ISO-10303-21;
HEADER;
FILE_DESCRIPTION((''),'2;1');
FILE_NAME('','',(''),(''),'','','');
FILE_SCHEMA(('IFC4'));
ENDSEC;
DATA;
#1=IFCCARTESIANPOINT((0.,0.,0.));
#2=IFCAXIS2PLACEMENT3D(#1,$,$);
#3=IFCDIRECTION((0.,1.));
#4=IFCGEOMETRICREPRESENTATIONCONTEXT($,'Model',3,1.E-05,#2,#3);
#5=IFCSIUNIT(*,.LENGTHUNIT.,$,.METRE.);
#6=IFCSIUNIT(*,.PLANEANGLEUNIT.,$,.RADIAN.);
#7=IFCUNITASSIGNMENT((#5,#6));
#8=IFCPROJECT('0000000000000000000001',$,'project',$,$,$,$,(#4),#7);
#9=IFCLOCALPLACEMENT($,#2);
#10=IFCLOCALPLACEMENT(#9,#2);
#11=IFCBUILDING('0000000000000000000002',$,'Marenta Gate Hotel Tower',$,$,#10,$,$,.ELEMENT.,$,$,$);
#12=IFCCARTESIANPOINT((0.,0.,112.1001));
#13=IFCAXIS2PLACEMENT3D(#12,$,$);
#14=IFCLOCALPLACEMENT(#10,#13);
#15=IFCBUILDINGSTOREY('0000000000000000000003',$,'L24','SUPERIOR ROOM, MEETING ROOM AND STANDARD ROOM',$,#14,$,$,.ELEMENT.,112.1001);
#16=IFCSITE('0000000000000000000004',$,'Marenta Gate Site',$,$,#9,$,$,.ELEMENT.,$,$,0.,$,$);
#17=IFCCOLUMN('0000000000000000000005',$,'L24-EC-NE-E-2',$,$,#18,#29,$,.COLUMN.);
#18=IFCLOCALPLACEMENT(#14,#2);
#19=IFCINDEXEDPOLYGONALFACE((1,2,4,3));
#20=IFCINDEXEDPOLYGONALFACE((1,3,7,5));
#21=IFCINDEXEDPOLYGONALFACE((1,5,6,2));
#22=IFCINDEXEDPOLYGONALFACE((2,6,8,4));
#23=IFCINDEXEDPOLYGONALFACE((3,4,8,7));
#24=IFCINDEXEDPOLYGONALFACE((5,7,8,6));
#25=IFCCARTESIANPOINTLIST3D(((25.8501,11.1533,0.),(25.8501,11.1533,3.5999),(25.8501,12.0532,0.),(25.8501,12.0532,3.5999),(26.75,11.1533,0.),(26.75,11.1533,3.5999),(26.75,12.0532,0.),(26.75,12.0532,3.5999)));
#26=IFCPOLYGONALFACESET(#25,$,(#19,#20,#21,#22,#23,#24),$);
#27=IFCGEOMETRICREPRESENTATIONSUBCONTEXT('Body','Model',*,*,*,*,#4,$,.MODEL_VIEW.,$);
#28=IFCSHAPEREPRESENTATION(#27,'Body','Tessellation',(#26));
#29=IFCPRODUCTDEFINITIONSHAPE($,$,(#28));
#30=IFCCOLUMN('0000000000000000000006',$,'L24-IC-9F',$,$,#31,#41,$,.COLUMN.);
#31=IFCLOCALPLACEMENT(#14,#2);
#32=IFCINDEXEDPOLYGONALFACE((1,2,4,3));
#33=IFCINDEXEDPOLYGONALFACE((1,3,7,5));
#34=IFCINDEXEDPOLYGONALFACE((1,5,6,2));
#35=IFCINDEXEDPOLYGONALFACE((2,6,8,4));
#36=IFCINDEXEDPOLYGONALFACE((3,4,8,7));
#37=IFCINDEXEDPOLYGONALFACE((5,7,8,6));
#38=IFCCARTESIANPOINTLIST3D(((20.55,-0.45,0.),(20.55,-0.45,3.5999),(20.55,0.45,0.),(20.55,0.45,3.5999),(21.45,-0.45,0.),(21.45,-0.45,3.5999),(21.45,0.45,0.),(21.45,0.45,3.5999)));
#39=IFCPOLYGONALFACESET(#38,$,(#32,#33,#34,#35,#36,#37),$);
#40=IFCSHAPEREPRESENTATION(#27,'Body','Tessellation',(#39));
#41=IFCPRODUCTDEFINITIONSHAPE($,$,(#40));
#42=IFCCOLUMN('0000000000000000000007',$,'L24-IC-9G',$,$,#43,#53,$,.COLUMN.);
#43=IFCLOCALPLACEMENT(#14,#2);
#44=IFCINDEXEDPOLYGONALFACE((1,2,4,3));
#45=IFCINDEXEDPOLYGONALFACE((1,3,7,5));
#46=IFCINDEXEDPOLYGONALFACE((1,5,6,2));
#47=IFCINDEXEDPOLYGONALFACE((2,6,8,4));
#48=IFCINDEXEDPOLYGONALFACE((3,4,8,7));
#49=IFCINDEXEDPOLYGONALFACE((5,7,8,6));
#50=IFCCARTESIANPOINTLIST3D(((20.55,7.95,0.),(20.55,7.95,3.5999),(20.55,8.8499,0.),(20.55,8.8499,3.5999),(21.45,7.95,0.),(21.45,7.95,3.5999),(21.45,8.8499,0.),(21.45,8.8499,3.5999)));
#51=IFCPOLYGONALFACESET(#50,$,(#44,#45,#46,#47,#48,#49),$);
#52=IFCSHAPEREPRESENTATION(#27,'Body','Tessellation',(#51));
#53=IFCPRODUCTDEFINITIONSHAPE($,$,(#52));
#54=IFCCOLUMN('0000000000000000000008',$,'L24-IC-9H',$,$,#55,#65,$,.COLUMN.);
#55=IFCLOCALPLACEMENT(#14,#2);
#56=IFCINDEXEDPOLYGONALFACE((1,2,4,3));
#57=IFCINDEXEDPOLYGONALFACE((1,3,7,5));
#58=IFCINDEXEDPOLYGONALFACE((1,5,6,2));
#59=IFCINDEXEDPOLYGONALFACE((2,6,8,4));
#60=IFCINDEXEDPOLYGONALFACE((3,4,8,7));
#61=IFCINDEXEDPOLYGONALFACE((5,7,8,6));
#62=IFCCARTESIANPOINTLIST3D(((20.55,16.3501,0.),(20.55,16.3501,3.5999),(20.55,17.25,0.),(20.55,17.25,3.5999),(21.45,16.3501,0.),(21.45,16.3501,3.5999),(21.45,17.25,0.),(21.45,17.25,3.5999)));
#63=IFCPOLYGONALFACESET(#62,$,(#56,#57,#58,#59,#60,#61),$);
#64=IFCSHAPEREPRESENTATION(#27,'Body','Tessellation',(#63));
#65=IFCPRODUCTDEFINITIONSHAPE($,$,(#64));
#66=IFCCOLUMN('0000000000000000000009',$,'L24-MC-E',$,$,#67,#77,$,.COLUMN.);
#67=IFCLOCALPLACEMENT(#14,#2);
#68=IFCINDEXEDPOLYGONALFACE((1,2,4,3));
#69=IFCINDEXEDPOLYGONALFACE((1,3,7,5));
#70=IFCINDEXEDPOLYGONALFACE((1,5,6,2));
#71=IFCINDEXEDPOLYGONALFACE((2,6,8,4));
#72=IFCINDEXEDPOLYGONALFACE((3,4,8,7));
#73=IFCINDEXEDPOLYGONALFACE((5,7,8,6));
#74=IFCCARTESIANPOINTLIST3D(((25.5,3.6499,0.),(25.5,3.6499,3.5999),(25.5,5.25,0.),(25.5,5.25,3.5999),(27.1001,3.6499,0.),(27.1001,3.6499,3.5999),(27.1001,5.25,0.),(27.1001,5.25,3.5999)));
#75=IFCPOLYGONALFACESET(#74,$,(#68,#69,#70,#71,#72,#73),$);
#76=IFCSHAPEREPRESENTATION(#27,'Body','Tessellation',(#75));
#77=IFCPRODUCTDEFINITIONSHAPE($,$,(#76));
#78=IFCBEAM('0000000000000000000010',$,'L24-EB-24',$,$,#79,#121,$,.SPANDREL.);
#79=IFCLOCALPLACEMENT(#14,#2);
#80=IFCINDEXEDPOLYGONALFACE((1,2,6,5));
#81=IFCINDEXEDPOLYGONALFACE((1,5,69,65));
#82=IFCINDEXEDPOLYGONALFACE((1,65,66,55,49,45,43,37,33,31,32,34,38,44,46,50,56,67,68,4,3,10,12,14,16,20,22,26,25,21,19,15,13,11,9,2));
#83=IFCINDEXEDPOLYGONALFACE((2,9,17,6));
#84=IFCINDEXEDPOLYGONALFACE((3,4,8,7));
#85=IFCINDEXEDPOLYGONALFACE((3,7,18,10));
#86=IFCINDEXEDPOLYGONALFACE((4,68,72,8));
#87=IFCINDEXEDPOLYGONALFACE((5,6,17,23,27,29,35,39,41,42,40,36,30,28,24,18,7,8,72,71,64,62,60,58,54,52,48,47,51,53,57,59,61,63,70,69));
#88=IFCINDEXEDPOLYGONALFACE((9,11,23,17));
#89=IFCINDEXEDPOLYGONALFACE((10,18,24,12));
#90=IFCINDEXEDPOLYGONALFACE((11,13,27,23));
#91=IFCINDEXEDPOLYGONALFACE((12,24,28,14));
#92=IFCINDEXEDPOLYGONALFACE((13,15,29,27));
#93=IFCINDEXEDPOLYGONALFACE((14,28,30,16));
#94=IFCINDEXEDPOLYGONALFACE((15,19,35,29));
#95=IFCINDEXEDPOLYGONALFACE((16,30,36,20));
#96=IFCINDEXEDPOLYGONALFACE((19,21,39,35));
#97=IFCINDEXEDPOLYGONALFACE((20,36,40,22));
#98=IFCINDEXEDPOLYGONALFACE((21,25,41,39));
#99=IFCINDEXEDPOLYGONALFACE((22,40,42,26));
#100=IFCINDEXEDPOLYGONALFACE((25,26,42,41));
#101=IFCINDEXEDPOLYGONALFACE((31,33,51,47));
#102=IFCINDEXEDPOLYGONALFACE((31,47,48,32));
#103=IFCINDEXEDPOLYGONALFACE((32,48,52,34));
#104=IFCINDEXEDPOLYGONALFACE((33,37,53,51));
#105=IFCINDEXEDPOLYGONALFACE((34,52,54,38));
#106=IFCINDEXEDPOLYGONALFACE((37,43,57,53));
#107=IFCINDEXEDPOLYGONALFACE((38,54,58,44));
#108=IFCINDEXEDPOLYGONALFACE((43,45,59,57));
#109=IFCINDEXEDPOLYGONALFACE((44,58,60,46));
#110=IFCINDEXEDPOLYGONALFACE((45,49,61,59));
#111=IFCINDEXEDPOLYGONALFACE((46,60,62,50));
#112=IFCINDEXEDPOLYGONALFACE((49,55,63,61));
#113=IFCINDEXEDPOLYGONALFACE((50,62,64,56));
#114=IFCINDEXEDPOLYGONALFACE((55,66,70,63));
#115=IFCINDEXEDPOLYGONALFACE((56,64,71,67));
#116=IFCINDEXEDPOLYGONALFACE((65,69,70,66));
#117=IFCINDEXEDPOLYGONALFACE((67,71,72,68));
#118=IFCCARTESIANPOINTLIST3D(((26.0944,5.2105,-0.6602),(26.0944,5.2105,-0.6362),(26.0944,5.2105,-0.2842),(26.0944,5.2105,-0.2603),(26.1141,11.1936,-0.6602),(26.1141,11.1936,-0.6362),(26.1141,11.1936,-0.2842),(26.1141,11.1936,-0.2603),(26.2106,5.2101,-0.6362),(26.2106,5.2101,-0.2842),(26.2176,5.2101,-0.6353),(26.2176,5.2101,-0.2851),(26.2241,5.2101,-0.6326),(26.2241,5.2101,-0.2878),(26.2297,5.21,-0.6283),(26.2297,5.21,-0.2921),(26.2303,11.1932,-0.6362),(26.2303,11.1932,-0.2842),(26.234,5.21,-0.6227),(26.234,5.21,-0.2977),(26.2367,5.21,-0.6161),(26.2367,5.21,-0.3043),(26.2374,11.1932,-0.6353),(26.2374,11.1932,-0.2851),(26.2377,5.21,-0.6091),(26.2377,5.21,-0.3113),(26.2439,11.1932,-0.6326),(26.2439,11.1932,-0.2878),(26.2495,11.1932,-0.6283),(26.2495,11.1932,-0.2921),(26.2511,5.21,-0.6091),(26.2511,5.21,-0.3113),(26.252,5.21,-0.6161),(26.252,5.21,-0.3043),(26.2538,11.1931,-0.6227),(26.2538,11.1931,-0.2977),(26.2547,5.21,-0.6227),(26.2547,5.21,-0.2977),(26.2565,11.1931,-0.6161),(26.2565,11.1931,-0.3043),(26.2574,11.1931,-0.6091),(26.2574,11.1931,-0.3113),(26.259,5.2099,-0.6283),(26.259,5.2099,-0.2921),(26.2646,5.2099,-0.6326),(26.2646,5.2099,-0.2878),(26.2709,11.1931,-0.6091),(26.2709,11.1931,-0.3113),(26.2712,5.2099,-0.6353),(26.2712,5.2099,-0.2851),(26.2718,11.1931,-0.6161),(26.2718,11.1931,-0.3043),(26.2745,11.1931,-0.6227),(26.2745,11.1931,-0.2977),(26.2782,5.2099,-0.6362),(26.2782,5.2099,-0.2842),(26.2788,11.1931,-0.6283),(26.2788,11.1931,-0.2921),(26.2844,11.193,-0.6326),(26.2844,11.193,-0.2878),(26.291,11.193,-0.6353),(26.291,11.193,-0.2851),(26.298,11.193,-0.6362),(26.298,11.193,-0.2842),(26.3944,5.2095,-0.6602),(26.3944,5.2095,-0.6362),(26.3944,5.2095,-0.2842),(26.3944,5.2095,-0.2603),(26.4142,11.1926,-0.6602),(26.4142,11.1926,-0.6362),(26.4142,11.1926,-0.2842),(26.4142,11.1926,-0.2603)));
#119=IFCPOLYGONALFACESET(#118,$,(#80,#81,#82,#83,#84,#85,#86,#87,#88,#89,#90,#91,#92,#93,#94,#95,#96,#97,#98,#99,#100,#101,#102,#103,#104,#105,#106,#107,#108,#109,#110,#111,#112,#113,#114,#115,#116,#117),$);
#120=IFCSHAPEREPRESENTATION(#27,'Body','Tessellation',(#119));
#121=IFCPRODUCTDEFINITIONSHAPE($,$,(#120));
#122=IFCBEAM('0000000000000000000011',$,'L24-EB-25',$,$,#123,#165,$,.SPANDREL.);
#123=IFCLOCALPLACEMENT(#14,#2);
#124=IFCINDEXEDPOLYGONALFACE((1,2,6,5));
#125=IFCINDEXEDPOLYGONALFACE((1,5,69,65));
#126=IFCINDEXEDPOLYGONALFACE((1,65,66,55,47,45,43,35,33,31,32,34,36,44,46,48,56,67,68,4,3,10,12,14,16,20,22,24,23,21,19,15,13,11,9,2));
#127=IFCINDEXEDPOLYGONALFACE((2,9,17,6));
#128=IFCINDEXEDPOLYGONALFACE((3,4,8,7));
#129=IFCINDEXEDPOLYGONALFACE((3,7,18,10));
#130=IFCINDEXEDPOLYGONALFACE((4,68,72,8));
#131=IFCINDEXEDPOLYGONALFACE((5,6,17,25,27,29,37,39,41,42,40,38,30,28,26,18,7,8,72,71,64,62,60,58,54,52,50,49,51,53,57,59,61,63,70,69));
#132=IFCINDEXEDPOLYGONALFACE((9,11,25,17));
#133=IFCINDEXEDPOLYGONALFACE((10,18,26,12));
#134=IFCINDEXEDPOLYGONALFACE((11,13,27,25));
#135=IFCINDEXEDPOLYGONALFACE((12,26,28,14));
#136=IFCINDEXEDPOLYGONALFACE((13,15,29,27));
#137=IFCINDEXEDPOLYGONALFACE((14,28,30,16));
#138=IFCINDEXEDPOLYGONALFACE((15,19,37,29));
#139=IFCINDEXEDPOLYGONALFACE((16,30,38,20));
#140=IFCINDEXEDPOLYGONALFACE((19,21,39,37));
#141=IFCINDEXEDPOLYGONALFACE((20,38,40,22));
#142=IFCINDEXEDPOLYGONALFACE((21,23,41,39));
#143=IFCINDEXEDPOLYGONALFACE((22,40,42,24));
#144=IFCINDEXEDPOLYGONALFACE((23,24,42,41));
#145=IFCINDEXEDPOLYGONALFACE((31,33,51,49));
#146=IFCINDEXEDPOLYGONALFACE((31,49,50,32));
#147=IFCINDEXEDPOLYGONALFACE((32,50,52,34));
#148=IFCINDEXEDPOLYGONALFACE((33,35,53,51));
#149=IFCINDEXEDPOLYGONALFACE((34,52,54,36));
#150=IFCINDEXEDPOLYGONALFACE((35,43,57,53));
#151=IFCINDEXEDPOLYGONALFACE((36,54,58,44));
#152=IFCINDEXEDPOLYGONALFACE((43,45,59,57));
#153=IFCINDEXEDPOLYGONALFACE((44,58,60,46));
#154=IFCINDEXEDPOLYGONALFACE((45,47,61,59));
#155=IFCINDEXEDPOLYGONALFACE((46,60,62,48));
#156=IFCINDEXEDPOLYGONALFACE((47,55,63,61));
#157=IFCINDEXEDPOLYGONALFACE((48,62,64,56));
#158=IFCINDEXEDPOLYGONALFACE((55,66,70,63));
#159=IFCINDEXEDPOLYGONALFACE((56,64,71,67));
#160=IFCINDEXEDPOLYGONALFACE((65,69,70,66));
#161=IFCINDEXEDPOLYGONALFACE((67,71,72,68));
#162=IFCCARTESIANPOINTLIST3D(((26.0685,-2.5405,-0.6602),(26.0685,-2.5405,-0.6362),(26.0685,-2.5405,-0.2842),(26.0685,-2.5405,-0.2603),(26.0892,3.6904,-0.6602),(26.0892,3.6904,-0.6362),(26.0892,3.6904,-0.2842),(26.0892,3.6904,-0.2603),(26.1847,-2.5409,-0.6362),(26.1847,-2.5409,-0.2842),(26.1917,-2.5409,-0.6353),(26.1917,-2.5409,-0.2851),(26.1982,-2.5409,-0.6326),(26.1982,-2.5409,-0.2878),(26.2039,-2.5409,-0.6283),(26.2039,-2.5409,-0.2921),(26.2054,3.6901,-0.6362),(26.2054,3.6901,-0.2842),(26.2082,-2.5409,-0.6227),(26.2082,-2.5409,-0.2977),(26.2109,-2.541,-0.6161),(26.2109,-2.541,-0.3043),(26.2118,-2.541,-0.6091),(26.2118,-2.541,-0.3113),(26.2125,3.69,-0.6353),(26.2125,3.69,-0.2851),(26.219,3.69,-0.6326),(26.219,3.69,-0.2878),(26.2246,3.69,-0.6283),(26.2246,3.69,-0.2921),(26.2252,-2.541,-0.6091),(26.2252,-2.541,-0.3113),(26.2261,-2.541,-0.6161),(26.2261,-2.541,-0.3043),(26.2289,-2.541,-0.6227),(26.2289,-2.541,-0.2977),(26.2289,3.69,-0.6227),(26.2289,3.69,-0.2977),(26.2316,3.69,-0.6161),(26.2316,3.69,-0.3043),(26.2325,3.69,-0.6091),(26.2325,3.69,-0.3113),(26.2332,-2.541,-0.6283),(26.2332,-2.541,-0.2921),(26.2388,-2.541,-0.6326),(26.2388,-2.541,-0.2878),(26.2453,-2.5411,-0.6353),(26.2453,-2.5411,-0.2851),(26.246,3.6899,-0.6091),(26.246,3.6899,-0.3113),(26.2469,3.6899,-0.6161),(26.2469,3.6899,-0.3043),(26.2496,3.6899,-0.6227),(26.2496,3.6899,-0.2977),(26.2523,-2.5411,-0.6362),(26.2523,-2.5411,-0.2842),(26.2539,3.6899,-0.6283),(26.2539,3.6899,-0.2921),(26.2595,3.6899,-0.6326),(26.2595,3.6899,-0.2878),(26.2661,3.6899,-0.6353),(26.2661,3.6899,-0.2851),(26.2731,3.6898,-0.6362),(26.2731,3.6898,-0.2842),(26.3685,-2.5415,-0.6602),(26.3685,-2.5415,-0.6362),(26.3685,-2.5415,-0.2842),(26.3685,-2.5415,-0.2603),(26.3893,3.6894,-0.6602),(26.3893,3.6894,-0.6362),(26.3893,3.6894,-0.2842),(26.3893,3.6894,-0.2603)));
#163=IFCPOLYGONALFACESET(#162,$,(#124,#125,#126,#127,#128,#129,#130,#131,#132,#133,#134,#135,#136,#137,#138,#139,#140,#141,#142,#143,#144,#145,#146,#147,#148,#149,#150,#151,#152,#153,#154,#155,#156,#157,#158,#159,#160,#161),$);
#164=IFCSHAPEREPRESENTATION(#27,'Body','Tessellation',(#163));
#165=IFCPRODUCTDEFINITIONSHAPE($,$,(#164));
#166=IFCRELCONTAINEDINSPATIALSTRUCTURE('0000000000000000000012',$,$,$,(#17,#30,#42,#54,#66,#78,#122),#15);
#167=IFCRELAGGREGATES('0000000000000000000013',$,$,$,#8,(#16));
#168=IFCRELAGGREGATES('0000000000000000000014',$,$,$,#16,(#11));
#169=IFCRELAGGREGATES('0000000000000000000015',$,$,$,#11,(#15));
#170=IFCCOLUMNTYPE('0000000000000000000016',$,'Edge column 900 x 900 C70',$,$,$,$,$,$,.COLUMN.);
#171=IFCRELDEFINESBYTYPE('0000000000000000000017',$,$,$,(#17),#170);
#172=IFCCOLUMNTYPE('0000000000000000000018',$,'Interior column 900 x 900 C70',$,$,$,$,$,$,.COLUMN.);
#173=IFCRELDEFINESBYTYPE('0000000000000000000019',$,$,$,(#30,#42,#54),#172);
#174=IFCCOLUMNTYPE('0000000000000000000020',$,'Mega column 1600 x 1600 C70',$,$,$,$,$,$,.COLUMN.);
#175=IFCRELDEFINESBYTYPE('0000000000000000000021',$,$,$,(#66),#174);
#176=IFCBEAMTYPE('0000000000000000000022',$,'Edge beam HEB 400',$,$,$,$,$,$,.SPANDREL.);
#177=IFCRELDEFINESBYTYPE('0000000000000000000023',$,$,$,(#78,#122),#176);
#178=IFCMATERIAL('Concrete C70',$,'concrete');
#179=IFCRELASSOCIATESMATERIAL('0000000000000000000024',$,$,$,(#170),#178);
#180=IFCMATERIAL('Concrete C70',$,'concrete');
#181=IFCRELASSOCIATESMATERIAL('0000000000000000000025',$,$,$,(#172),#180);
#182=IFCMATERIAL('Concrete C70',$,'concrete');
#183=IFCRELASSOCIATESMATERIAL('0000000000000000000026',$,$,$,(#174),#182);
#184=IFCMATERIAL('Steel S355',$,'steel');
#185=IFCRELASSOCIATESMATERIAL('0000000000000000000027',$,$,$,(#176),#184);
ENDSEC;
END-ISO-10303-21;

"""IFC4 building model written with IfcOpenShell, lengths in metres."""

from ifc_helpers import new_model, si_unit, direction, frame, origin, origin_2d, place, context, subcontext, project, spatial, rectangle, i_section, extrude, material, material_profile, profile_set, type_object, element, save


model = new_model("IFC4")

# Units and contexts
model_context = context("Model", 3, precision=1e-05, world=origin(), true_north=direction((0.0, 1.0)))
body_context = subcontext(model_context, "Body", "Model", "MODEL_VIEW")
ifc_project = project(units=[si_unit("LENGTHUNIT", "METRE"), si_unit("PLANEANGLEUNIT", "RADIAN")], contexts=[model_context])

# Site, building, storey
site_placement = place(None, origin())
site = spatial("IfcSite", under=ifc_project, at=site_placement, Name="Marenta Gate Site", CompositionType="ELEMENT", RefElevation=0.0)
building_placement = place(site_placement, origin())
building = spatial("IfcBuilding", under=site, at=building_placement, Name="Marenta Gate Hotel Tower", CompositionType="ELEMENT")
storey_placement = place(building_placement, frame((0.0, 0.0, 112.1001)))
storey = spatial("IfcBuildingStorey", under=building, at=storey_placement, Name="L24", Description="SUPERIOR ROOM, MEETING ROOM AND STANDARD ROOM", CompositionType="ELEMENT", Elevation=112.1001)

# Columns
ifc_material_1 = material(Name="Concrete C70", Category="concrete")
ifc_material_profile_1 = material_profile(ifc_material_1, rectangle(XDim=0.8999, YDim=0.8999, at=origin_2d()), Name="900 x 900")
ifc_profile_set_1 = profile_set([ifc_material_profile_1], Name="Concrete C70")
column_type_1 = type_object("IfcColumnType", Name="Edge column 900 x 900 C70", PredefinedType="COLUMN", material=ifc_profile_set_1)
column_1_placement = place(storey_placement, frame((26.3, 11.6033, 0.0), z_axis=(0.0, 0.0, 1.0), x_axis=(1.0, 0.0, 0.0)))
element("IfcColumn", 1, at=column_1_placement, inside=storey, type_object=column_type_1, Name="L24-EC-NE-E-2", PredefinedType="COLUMN", context=body_context, shape_type="SweptSolid", body=[
    extrude(rectangle(XDim=0.8999, YDim=0.8999, at=origin_2d()), origin(), (0.0, 0.0, 1.0), 3.5999),
])
ifc_material_2 = material(Name="Concrete C70", Category="concrete")
ifc_material_profile_2 = material_profile(ifc_material_2, rectangle(XDim=0.8999, YDim=0.8999, at=origin_2d()), Name="900 x 900")
ifc_profile_set_2 = profile_set([ifc_material_profile_2], Name="Concrete C70")
column_type_2 = type_object("IfcColumnType", Name="Interior column 900 x 900 C70", PredefinedType="COLUMN", material=ifc_profile_set_2)
for number, where, z_axis, x_axis, name in (
    (2, (21.0, 0.0, 0.0), (0.0, 0.0, 1.0), (1.0, 0.0, 0.0), "L24-IC-9F"),
    (3, (21.0, 8.3999, 0.0), (0.0, 0.0, 1.0), (1.0, 0.0, 0.0), "L24-IC-9G"),
    (4, (21.0, 16.8, 0.0), (0.0, 0.0, 1.0), (1.0, 0.0, 0.0), "L24-IC-9H"),
):
    element("IfcColumn", number, at=place(storey_placement, frame(where, z_axis=z_axis, x_axis=x_axis)), inside=storey, type_object=column_type_2, Name=name, PredefinedType="COLUMN", context=body_context, shape_type="SweptSolid", body=[
        extrude(rectangle(XDim=0.8999, YDim=0.8999, at=origin_2d()), origin(), (0.0, 0.0, 1.0), 3.5999),
    ])
ifc_material_3 = material(Name="Concrete C70", Category="concrete")
ifc_material_profile_3 = material_profile(ifc_material_3, rectangle(XDim=1.6001, YDim=1.6001, at=origin_2d()), Name="1600 x 1600")
ifc_profile_set_3 = profile_set([ifc_material_profile_3], Name="Concrete C70")
column_type_3 = type_object("IfcColumnType", Name="Mega column 1600 x 1600 C70", PredefinedType="COLUMN", material=ifc_profile_set_3)
column_2_placement = place(storey_placement, frame((26.3, 4.45, 0.0), z_axis=(0.0, 0.0, 1.0), x_axis=(1.0, 0.0, 0.0)))
element("IfcColumn", 5, at=column_2_placement, inside=storey, type_object=column_type_3, Name="L24-MC-E", PredefinedType="COLUMN", context=body_context, shape_type="SweptSolid", body=[
    extrude(rectangle(XDim=1.6001, YDim=1.6001, at=origin_2d()), origin(), (0.0, 0.0, 1.0), 3.5999),
])

# Beams
ifc_material_4 = material(Name="Steel S355", Category="steel")
ifc_material_profile_4 = material_profile(ifc_material_4, i_section(OverallWidth=0.3, OverallDepth=0.3999, WebThickness=0.0134, FlangeThickness=0.0239, FilletRadius=0.0271, at=origin_2d()), Name="HEB 400")
ifc_profile_set_4 = profile_set([ifc_material_profile_4], Name="Steel S355")
beam_type_1 = type_object("IfcBeamType", Name="Edge beam HEB 400", PredefinedType="SPANDREL", material=ifc_profile_set_4)
beam_1_placement = place(storey_placement, frame((26.2642, 11.1931, -0.4602), z_axis=(-0.003305, -0.999995, 0.0), x_axis=(0.999995, -0.003305, 0.0)))
element("IfcBeam", 6, at=beam_1_placement, inside=storey, type_object=beam_type_1, Name="L24-EB-24", PredefinedType="SPANDREL", context=body_context, shape_type="SweptSolid", body=[
    extrude(i_section(OverallWidth=0.3, OverallDepth=0.3999, WebThickness=0.0134, FlangeThickness=0.0239, FilletRadius=0.0271, at=origin_2d()), origin(), (0.0, 0.0, 1.0), 5.9832),
])
beam_2_placement = place(storey_placement, frame((26.2393, 3.6899, -0.4602), z_axis=(-0.00333, -0.999994, 0.0), x_axis=(0.999994, -0.00333, 0.0)))
element("IfcBeam", 7, at=beam_2_placement, inside=storey, type_object=beam_type_1, Name="L24-EB-25", PredefinedType="SPANDREL", context=body_context, shape_type="SweptSolid", body=[
    extrude(i_section(OverallWidth=0.3, OverallDepth=0.3999, WebThickness=0.0134, FlangeThickness=0.0239, FilletRadius=0.0271, at=origin_2d()), origin(), (0.0, 0.0, 1.0), 6.231),
])

save(model, "model.ifc")
